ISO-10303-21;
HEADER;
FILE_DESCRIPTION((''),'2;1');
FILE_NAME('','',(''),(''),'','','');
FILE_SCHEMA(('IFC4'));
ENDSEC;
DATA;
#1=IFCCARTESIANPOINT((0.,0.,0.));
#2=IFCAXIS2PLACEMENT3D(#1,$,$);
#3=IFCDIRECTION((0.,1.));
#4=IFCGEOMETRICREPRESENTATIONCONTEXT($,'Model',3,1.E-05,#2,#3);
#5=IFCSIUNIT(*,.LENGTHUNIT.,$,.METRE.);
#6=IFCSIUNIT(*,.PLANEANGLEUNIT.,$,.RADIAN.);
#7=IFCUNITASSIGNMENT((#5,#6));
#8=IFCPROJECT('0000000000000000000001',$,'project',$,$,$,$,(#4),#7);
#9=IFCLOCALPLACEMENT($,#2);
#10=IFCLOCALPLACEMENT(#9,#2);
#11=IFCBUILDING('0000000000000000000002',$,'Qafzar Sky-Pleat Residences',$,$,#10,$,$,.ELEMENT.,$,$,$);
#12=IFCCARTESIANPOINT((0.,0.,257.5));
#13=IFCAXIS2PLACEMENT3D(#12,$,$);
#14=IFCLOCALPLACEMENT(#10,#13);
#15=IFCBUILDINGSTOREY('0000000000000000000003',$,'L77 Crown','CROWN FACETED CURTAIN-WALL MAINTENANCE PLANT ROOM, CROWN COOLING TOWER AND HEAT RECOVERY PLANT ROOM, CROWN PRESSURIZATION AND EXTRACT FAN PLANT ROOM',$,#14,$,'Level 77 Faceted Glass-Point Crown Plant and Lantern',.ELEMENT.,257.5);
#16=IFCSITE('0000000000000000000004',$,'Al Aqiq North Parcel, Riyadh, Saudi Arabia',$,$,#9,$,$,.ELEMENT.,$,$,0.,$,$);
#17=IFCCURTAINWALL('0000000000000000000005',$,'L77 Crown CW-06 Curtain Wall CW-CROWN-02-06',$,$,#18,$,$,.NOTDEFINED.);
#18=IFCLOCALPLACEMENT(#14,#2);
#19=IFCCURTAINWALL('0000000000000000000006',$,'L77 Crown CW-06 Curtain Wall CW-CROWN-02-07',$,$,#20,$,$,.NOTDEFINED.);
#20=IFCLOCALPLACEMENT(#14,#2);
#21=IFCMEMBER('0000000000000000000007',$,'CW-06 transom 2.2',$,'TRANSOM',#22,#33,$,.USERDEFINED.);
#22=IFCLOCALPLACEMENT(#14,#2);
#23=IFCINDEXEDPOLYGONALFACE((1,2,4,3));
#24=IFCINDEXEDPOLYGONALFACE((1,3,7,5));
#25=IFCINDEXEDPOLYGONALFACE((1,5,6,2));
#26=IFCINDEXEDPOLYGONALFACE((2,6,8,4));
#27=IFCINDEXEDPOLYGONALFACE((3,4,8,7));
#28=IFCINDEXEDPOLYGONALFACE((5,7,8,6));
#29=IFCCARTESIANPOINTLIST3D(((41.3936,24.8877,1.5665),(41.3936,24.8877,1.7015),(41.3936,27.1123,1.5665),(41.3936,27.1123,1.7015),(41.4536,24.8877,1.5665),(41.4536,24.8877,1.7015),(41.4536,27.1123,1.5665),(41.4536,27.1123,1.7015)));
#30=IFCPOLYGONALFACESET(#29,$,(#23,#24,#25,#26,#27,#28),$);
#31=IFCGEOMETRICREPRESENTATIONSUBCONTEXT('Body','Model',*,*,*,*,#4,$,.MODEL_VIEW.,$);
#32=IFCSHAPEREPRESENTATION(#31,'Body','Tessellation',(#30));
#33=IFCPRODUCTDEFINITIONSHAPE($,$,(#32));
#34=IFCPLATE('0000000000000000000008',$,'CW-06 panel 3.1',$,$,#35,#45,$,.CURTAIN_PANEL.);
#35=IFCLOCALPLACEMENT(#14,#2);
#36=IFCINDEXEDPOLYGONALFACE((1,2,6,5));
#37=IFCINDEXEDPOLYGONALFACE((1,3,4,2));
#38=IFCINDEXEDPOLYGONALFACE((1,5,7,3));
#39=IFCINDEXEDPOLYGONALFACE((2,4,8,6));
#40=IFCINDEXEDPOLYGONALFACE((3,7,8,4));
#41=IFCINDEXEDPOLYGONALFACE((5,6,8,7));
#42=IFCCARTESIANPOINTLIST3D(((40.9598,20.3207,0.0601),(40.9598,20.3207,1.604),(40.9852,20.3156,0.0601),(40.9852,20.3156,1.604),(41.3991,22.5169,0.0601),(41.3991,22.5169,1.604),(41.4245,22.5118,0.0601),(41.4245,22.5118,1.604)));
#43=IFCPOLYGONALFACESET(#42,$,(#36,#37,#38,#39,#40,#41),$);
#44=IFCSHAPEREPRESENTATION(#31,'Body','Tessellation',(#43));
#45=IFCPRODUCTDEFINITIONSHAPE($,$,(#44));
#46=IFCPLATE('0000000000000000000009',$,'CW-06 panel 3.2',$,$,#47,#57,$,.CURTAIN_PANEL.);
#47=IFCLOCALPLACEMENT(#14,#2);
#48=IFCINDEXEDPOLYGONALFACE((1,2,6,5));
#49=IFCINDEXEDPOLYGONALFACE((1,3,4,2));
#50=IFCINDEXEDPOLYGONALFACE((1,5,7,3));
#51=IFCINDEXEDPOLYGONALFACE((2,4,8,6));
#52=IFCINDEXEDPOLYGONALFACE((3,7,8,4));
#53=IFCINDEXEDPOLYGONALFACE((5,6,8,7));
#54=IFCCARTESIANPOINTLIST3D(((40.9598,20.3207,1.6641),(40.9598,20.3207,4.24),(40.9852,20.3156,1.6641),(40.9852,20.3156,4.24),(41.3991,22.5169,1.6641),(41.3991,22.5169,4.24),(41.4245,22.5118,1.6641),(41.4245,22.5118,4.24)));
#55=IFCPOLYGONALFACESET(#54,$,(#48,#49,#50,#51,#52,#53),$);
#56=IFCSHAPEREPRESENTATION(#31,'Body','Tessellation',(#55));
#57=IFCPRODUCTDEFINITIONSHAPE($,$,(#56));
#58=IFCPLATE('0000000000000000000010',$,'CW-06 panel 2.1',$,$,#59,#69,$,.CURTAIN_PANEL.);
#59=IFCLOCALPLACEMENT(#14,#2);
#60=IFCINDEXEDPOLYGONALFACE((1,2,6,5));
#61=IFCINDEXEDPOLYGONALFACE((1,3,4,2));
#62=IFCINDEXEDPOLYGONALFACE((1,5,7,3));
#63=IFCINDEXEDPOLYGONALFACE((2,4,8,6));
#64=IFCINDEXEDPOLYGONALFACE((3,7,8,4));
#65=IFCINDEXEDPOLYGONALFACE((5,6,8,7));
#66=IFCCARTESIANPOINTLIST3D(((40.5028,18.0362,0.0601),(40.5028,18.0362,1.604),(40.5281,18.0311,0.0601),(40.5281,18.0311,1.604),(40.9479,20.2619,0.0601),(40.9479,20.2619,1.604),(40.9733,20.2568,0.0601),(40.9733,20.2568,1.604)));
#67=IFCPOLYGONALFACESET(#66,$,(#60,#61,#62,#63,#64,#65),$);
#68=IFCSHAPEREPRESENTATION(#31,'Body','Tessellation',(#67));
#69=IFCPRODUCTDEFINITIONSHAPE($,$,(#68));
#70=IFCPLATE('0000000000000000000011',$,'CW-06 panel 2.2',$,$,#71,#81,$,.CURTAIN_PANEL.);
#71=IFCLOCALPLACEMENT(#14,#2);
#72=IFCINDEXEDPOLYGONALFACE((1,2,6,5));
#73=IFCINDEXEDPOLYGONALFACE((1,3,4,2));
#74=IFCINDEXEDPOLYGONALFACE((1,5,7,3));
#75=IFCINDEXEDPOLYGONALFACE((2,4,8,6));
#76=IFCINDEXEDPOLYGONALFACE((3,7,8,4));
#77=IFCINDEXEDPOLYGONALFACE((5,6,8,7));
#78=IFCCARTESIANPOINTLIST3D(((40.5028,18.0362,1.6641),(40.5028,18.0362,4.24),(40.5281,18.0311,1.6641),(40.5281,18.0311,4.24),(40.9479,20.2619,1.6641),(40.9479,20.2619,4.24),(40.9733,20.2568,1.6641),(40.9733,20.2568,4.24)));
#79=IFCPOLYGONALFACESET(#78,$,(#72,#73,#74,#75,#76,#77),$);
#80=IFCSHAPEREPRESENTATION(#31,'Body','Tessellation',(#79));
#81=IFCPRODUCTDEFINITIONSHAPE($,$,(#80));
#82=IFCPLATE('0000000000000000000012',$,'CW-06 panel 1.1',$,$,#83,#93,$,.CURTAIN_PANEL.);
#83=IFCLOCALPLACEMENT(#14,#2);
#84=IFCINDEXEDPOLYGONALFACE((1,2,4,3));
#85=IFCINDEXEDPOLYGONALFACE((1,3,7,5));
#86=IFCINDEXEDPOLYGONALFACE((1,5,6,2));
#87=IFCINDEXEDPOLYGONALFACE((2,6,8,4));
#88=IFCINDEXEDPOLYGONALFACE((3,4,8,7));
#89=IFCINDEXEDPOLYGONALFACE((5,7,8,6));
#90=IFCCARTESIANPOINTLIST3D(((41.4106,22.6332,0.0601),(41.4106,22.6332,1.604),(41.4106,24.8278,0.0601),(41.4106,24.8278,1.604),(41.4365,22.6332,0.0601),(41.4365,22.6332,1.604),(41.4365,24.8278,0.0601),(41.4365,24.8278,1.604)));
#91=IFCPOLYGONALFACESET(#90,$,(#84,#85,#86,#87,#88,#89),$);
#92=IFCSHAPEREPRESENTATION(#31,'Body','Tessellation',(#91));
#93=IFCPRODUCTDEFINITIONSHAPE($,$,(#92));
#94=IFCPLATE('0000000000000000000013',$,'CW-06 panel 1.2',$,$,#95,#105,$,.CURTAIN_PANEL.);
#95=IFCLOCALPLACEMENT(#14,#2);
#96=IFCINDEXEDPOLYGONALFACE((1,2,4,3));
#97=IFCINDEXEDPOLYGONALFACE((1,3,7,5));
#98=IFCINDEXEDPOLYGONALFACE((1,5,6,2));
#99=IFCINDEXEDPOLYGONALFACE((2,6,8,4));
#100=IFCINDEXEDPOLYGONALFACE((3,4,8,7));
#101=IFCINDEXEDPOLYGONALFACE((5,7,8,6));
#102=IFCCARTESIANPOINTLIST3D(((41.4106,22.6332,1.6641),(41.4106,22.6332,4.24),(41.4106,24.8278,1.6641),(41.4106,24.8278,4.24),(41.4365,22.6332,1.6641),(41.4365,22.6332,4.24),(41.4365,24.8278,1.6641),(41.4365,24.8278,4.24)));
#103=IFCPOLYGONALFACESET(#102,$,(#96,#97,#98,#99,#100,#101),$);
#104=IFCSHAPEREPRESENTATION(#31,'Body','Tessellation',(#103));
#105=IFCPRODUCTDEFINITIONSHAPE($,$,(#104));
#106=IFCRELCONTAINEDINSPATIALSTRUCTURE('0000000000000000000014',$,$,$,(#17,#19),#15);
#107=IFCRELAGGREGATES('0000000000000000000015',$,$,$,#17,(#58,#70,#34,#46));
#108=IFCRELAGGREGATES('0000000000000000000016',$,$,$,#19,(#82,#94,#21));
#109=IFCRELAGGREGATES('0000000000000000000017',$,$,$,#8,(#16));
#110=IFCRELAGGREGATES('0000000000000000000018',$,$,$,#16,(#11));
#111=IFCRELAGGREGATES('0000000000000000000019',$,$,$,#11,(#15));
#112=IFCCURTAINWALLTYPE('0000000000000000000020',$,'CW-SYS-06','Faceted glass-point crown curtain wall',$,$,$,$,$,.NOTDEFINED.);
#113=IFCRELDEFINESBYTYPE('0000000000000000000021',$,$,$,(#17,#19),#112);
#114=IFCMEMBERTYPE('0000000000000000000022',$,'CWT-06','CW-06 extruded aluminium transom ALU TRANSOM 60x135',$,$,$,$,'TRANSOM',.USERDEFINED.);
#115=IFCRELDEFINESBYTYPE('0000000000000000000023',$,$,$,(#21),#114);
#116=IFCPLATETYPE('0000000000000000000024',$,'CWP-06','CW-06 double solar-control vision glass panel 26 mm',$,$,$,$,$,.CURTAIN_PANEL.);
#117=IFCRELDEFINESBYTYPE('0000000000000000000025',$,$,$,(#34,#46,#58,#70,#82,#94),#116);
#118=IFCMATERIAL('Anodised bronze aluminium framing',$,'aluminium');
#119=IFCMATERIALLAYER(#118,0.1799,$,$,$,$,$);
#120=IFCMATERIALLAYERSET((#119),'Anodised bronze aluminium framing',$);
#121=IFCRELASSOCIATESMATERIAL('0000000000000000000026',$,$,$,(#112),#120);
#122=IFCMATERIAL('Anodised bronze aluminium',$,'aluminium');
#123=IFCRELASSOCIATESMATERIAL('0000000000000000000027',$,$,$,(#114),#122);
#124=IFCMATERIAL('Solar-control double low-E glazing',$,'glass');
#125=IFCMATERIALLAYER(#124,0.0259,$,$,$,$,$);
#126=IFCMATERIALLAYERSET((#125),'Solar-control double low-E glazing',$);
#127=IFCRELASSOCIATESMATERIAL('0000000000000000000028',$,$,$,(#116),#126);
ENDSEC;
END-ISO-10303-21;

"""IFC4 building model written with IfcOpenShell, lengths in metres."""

from ifc_helpers import new_model, si_unit, direction, frame, origin, origin_2d, place, context, subcontext, project, spatial, rectangle, extrude, source, transform, mapped, material, layer, layer_set, material_profile, profile_set, type_object, element, aggregate, save


model = new_model("IFC4")

# Units and contexts
model_context = context("Model", 3, precision=1e-05, world=origin(), true_north=direction((0.0, 1.0)))
body_context = subcontext(model_context, "Body", "Model", "MODEL_VIEW")
ifc_project = project(units=[si_unit("LENGTHUNIT", "METRE"), si_unit("PLANEANGLEUNIT", "RADIAN")], contexts=[model_context])

# Site, building, storey
site_placement = place(None, origin())
site = spatial("IfcSite", under=ifc_project, at=site_placement, Name="Al Aqiq North Parcel, Riyadh, Saudi Arabia", CompositionType="ELEMENT", RefElevation=0.0)
building_placement = place(site_placement, origin())
building = spatial("IfcBuilding", under=site, at=building_placement, Name="Qafzar Sky-Pleat Residences", CompositionType="ELEMENT")
storey_placement = place(building_placement, frame((0.0, 0.0, 257.5)))
storey = spatial("IfcBuildingStorey", under=building, at=storey_placement, Name="L77 Crown", Description="CROWN FACETED CURTAIN-WALL MAINTENANCE PLANT ROOM, CROWN COOLING TOWER AND HEAT RECOVERY PLANT ROOM, CROWN PRESSURIZATION AND EXTRACT FAN PLANT ROOM", LongName="Level 77 Faceted Glass-Point Crown Plant and Lantern", CompositionType="ELEMENT", Elevation=257.5)

# Curtain walls
ifc_material_1 = material(Name="Anodised bronze aluminium framing", Category="aluminium")
ifc_layer_1 = layer(ifc_material_1, 0.1799)
ifc_layer_set_1 = layer_set([ifc_layer_1], Name="Anodised bronze aluminium framing")
curtain_wall_type = type_object("IfcCurtainWallType", Name="CW-SYS-06", Description="Faceted glass-point crown curtain wall", PredefinedType="NOTDEFINED", material=ifc_layer_set_1)
curtain_wall_1_placement = place(storey_placement, origin())
curtain_wall_1 = element("IfcCurtainWall", 1, at=curtain_wall_1_placement, inside=storey, type_object=curtain_wall_type, Name="L77 Crown CW-06 Curtain Wall CW-CROWN-02-06", PredefinedType="NOTDEFINED")
ifc_material_2 = material(Name="Anodised bronze aluminium", Category="aluminium")
curtain_wall_2_placement = place(storey_placement, origin())
curtain_wall_2 = element("IfcCurtainWall", 2, at=curtain_wall_2_placement, inside=storey, type_object=curtain_wall_type, Name="L77 Crown CW-06 Curtain Wall CW-CROWN-02-07", PredefinedType="NOTDEFINED")

# Member
ifc_material_profile_1 = material_profile(ifc_material_2, rectangle(XDim=0.0601, YDim=0.135, at=origin_2d()), Name="ALU TRANSOM 60x135")
ifc_profile_set_1 = profile_set([ifc_material_profile_1], Name="Anodised bronze aluminium")
member_type_1 = type_object("IfcMemberType", Name="CWT-06", Description="CW-06 extruded aluminium transom ALU TRANSOM 60x135", ElementType="TRANSOM", PredefinedType="USERDEFINED", material=ifc_profile_set_1)
shared_shape_1 = source(origin(), body_context, "Body", "SweptSolid", [
    extrude(rectangle(XDim=0.0601, YDim=0.135, at=origin_2d()), origin(), (0.0, 0.0, 1.0), 2.2246),
])
member_1_placement = place(storey_placement, frame((41.4236, 24.8877, 1.634), z_axis=(0.0, 1.0, 0.0), x_axis=(-1.0, 0.0, 0.0)))
member_1 = element("IfcMember", 3, at=member_1_placement, type_object=member_type_1, Name="CW-06 transom 2.2", ObjectType="TRANSOM", PredefinedType="USERDEFINED", context=body_context, shape_type="MappedRepresentation", body=[
    mapped(shared_shape_1, transform((0.0, 0.0, 0.0), x_axis=(1.0, 0.0, 0.0), y_axis=(0.0, 1.0, 0.0), z_axis=(0.0, 0.0, 1.0), scale=1.0)),
])

# Plates
ifc_material_3 = material(Name="Solar-control double low-E glazing", Category="glass")
ifc_layer_2 = layer(ifc_material_3, 0.0259)
ifc_layer_set_2 = layer_set([ifc_layer_2], Name="Solar-control double low-E glazing")
plate_type = type_object("IfcPlateType", Name="CWP-06", Description="CW-06 double solar-control vision glass panel 26 mm", PredefinedType="CURTAIN_PANEL", material=ifc_layer_set_2)
shared_shape_2 = source(origin(), body_context, "Body", "SweptSolid", [
    extrude(rectangle(XDim=2.2397, YDim=0.0259, at=origin_2d()), origin(), (0.0, 0.0, 1.0), 1.5439),
])
plate_1_placement = place(storey_placement, frame((41.1921, 21.4163, 0.0601), z_axis=(0.0, 0.0, 1.0), x_axis=(0.196127, 0.980578, 0.0)))
plate_1 = element("IfcPlate", 4, at=plate_1_placement, type_object=plate_type, Name="CW-06 panel 3.1", PredefinedType="CURTAIN_PANEL", context=body_context, shape_type="MappedRepresentation", body=[
    mapped(shared_shape_2, transform((0.0, 0.0, 0.0), x_axis=(1.0, 0.0, 0.0), y_axis=(0.0, 1.0, 0.0), z_axis=(0.0, 0.0, 1.0), scale=1.0)),
])
shared_shape_3 = source(origin(), body_context, "Body", "SweptSolid", [
    extrude(rectangle(XDim=2.2397, YDim=0.0259, at=origin_2d()), origin(), (0.0, 0.0, 1.0), 2.5759),
])
plate_2_placement = place(storey_placement, frame((41.1921, 21.4163, 1.6641), z_axis=(0.0, 0.0, 1.0), x_axis=(0.196127, 0.980578, 0.0)))
plate_2 = element("IfcPlate", 5, at=plate_2_placement, type_object=plate_type, Name="CW-06 panel 3.2", PredefinedType="CURTAIN_PANEL", context=body_context, shape_type="MappedRepresentation", body=[
    mapped(shared_shape_3, transform((0.0, 0.0, 0.0), x_axis=(1.0, 0.0, 0.0), y_axis=(0.0, 1.0, 0.0), z_axis=(0.0, 0.0, 1.0), scale=1.0)),
])
shared_shape_4 = source(origin(), body_context, "Body", "SweptSolid", [
    extrude(rectangle(XDim=2.2698, YDim=0.0259, at=origin_2d()), origin(), (0.0, 0.0, 1.0), 1.5439),
])
plate_3_placement = place(storey_placement, frame((40.738, 19.1465, 0.0601), z_axis=(0.0, 0.0, 1.0), x_axis=(0.196127, 0.980578, 0.0)))
plate_3 = element("IfcPlate", 6, at=plate_3_placement, type_object=plate_type, Name="CW-06 panel 2.1", PredefinedType="CURTAIN_PANEL", context=body_context, shape_type="MappedRepresentation", body=[
    mapped(shared_shape_4, transform((0.0, 0.0, 0.0), x_axis=(1.0, 0.0, 0.0), y_axis=(0.0, 1.0, 0.0), z_axis=(0.0, 0.0, 1.0), scale=1.0)),
])
shared_shape_5 = source(origin(), body_context, "Body", "SweptSolid", [
    extrude(rectangle(XDim=2.2698, YDim=0.0259, at=origin_2d()), origin(), (0.0, 0.0, 1.0), 2.5759),
])
plate_4_placement = place(storey_placement, frame((40.738, 19.1465, 1.6641), z_axis=(0.0, 0.0, 1.0), x_axis=(0.196127, 0.980578, 0.0)))
plate_4 = element("IfcPlate", 7, at=plate_4_placement, type_object=plate_type, Name="CW-06 panel 2.2", PredefinedType="CURTAIN_PANEL", context=body_context, shape_type="MappedRepresentation", body=[
    mapped(shared_shape_5, transform((0.0, 0.0, 0.0), x_axis=(1.0, 0.0, 0.0), y_axis=(0.0, 1.0, 0.0), z_axis=(0.0, 0.0, 1.0), scale=1.0)),
])
aggregate(curtain_wall_1, [plate_3, plate_4, plate_1, plate_2])
shared_shape_6 = source(origin(), body_context, "Body", "SweptSolid", [
    extrude(rectangle(XDim=2.1946, YDim=0.0259, at=origin_2d()), origin(), (0.0, 0.0, 1.0), 1.5439),
])
plate_5_placement = place(storey_placement, frame((41.4236, 23.7305, 0.0601), z_axis=(0.0, 0.0, 1.0), x_axis=(0.0, 1.0, 0.0)))
plate_5 = element("IfcPlate", 8, at=plate_5_placement, type_object=plate_type, Name="CW-06 panel 1.1", PredefinedType="CURTAIN_PANEL", context=body_context, shape_type="MappedRepresentation", body=[
    mapped(shared_shape_6, transform((0.0, 0.0, 0.0), x_axis=(1.0, 0.0, 0.0), y_axis=(0.0, 1.0, 0.0), z_axis=(0.0, 0.0, 1.0), scale=1.0)),
])
shared_shape_7 = source(origin(), body_context, "Body", "SweptSolid", [
    extrude(rectangle(XDim=2.1946, YDim=0.0259, at=origin_2d()), origin(), (0.0, 0.0, 1.0), 2.5759),
])
plate_6_placement = place(storey_placement, frame((41.4236, 23.7305, 1.6641), z_axis=(0.0, 0.0, 1.0), x_axis=(0.0, 1.0, 0.0)))
plate_6 = element("IfcPlate", 9, at=plate_6_placement, type_object=plate_type, Name="CW-06 panel 1.2", PredefinedType="CURTAIN_PANEL", context=body_context, shape_type="MappedRepresentation", body=[
    mapped(shared_shape_7, transform((0.0, 0.0, 0.0), x_axis=(1.0, 0.0, 0.0), y_axis=(0.0, 1.0, 0.0), z_axis=(0.0, 0.0, 1.0), scale=1.0)),
])
aggregate(curtain_wall_2, [plate_5, plate_6, member_1])

save(model, "model.ifc")
